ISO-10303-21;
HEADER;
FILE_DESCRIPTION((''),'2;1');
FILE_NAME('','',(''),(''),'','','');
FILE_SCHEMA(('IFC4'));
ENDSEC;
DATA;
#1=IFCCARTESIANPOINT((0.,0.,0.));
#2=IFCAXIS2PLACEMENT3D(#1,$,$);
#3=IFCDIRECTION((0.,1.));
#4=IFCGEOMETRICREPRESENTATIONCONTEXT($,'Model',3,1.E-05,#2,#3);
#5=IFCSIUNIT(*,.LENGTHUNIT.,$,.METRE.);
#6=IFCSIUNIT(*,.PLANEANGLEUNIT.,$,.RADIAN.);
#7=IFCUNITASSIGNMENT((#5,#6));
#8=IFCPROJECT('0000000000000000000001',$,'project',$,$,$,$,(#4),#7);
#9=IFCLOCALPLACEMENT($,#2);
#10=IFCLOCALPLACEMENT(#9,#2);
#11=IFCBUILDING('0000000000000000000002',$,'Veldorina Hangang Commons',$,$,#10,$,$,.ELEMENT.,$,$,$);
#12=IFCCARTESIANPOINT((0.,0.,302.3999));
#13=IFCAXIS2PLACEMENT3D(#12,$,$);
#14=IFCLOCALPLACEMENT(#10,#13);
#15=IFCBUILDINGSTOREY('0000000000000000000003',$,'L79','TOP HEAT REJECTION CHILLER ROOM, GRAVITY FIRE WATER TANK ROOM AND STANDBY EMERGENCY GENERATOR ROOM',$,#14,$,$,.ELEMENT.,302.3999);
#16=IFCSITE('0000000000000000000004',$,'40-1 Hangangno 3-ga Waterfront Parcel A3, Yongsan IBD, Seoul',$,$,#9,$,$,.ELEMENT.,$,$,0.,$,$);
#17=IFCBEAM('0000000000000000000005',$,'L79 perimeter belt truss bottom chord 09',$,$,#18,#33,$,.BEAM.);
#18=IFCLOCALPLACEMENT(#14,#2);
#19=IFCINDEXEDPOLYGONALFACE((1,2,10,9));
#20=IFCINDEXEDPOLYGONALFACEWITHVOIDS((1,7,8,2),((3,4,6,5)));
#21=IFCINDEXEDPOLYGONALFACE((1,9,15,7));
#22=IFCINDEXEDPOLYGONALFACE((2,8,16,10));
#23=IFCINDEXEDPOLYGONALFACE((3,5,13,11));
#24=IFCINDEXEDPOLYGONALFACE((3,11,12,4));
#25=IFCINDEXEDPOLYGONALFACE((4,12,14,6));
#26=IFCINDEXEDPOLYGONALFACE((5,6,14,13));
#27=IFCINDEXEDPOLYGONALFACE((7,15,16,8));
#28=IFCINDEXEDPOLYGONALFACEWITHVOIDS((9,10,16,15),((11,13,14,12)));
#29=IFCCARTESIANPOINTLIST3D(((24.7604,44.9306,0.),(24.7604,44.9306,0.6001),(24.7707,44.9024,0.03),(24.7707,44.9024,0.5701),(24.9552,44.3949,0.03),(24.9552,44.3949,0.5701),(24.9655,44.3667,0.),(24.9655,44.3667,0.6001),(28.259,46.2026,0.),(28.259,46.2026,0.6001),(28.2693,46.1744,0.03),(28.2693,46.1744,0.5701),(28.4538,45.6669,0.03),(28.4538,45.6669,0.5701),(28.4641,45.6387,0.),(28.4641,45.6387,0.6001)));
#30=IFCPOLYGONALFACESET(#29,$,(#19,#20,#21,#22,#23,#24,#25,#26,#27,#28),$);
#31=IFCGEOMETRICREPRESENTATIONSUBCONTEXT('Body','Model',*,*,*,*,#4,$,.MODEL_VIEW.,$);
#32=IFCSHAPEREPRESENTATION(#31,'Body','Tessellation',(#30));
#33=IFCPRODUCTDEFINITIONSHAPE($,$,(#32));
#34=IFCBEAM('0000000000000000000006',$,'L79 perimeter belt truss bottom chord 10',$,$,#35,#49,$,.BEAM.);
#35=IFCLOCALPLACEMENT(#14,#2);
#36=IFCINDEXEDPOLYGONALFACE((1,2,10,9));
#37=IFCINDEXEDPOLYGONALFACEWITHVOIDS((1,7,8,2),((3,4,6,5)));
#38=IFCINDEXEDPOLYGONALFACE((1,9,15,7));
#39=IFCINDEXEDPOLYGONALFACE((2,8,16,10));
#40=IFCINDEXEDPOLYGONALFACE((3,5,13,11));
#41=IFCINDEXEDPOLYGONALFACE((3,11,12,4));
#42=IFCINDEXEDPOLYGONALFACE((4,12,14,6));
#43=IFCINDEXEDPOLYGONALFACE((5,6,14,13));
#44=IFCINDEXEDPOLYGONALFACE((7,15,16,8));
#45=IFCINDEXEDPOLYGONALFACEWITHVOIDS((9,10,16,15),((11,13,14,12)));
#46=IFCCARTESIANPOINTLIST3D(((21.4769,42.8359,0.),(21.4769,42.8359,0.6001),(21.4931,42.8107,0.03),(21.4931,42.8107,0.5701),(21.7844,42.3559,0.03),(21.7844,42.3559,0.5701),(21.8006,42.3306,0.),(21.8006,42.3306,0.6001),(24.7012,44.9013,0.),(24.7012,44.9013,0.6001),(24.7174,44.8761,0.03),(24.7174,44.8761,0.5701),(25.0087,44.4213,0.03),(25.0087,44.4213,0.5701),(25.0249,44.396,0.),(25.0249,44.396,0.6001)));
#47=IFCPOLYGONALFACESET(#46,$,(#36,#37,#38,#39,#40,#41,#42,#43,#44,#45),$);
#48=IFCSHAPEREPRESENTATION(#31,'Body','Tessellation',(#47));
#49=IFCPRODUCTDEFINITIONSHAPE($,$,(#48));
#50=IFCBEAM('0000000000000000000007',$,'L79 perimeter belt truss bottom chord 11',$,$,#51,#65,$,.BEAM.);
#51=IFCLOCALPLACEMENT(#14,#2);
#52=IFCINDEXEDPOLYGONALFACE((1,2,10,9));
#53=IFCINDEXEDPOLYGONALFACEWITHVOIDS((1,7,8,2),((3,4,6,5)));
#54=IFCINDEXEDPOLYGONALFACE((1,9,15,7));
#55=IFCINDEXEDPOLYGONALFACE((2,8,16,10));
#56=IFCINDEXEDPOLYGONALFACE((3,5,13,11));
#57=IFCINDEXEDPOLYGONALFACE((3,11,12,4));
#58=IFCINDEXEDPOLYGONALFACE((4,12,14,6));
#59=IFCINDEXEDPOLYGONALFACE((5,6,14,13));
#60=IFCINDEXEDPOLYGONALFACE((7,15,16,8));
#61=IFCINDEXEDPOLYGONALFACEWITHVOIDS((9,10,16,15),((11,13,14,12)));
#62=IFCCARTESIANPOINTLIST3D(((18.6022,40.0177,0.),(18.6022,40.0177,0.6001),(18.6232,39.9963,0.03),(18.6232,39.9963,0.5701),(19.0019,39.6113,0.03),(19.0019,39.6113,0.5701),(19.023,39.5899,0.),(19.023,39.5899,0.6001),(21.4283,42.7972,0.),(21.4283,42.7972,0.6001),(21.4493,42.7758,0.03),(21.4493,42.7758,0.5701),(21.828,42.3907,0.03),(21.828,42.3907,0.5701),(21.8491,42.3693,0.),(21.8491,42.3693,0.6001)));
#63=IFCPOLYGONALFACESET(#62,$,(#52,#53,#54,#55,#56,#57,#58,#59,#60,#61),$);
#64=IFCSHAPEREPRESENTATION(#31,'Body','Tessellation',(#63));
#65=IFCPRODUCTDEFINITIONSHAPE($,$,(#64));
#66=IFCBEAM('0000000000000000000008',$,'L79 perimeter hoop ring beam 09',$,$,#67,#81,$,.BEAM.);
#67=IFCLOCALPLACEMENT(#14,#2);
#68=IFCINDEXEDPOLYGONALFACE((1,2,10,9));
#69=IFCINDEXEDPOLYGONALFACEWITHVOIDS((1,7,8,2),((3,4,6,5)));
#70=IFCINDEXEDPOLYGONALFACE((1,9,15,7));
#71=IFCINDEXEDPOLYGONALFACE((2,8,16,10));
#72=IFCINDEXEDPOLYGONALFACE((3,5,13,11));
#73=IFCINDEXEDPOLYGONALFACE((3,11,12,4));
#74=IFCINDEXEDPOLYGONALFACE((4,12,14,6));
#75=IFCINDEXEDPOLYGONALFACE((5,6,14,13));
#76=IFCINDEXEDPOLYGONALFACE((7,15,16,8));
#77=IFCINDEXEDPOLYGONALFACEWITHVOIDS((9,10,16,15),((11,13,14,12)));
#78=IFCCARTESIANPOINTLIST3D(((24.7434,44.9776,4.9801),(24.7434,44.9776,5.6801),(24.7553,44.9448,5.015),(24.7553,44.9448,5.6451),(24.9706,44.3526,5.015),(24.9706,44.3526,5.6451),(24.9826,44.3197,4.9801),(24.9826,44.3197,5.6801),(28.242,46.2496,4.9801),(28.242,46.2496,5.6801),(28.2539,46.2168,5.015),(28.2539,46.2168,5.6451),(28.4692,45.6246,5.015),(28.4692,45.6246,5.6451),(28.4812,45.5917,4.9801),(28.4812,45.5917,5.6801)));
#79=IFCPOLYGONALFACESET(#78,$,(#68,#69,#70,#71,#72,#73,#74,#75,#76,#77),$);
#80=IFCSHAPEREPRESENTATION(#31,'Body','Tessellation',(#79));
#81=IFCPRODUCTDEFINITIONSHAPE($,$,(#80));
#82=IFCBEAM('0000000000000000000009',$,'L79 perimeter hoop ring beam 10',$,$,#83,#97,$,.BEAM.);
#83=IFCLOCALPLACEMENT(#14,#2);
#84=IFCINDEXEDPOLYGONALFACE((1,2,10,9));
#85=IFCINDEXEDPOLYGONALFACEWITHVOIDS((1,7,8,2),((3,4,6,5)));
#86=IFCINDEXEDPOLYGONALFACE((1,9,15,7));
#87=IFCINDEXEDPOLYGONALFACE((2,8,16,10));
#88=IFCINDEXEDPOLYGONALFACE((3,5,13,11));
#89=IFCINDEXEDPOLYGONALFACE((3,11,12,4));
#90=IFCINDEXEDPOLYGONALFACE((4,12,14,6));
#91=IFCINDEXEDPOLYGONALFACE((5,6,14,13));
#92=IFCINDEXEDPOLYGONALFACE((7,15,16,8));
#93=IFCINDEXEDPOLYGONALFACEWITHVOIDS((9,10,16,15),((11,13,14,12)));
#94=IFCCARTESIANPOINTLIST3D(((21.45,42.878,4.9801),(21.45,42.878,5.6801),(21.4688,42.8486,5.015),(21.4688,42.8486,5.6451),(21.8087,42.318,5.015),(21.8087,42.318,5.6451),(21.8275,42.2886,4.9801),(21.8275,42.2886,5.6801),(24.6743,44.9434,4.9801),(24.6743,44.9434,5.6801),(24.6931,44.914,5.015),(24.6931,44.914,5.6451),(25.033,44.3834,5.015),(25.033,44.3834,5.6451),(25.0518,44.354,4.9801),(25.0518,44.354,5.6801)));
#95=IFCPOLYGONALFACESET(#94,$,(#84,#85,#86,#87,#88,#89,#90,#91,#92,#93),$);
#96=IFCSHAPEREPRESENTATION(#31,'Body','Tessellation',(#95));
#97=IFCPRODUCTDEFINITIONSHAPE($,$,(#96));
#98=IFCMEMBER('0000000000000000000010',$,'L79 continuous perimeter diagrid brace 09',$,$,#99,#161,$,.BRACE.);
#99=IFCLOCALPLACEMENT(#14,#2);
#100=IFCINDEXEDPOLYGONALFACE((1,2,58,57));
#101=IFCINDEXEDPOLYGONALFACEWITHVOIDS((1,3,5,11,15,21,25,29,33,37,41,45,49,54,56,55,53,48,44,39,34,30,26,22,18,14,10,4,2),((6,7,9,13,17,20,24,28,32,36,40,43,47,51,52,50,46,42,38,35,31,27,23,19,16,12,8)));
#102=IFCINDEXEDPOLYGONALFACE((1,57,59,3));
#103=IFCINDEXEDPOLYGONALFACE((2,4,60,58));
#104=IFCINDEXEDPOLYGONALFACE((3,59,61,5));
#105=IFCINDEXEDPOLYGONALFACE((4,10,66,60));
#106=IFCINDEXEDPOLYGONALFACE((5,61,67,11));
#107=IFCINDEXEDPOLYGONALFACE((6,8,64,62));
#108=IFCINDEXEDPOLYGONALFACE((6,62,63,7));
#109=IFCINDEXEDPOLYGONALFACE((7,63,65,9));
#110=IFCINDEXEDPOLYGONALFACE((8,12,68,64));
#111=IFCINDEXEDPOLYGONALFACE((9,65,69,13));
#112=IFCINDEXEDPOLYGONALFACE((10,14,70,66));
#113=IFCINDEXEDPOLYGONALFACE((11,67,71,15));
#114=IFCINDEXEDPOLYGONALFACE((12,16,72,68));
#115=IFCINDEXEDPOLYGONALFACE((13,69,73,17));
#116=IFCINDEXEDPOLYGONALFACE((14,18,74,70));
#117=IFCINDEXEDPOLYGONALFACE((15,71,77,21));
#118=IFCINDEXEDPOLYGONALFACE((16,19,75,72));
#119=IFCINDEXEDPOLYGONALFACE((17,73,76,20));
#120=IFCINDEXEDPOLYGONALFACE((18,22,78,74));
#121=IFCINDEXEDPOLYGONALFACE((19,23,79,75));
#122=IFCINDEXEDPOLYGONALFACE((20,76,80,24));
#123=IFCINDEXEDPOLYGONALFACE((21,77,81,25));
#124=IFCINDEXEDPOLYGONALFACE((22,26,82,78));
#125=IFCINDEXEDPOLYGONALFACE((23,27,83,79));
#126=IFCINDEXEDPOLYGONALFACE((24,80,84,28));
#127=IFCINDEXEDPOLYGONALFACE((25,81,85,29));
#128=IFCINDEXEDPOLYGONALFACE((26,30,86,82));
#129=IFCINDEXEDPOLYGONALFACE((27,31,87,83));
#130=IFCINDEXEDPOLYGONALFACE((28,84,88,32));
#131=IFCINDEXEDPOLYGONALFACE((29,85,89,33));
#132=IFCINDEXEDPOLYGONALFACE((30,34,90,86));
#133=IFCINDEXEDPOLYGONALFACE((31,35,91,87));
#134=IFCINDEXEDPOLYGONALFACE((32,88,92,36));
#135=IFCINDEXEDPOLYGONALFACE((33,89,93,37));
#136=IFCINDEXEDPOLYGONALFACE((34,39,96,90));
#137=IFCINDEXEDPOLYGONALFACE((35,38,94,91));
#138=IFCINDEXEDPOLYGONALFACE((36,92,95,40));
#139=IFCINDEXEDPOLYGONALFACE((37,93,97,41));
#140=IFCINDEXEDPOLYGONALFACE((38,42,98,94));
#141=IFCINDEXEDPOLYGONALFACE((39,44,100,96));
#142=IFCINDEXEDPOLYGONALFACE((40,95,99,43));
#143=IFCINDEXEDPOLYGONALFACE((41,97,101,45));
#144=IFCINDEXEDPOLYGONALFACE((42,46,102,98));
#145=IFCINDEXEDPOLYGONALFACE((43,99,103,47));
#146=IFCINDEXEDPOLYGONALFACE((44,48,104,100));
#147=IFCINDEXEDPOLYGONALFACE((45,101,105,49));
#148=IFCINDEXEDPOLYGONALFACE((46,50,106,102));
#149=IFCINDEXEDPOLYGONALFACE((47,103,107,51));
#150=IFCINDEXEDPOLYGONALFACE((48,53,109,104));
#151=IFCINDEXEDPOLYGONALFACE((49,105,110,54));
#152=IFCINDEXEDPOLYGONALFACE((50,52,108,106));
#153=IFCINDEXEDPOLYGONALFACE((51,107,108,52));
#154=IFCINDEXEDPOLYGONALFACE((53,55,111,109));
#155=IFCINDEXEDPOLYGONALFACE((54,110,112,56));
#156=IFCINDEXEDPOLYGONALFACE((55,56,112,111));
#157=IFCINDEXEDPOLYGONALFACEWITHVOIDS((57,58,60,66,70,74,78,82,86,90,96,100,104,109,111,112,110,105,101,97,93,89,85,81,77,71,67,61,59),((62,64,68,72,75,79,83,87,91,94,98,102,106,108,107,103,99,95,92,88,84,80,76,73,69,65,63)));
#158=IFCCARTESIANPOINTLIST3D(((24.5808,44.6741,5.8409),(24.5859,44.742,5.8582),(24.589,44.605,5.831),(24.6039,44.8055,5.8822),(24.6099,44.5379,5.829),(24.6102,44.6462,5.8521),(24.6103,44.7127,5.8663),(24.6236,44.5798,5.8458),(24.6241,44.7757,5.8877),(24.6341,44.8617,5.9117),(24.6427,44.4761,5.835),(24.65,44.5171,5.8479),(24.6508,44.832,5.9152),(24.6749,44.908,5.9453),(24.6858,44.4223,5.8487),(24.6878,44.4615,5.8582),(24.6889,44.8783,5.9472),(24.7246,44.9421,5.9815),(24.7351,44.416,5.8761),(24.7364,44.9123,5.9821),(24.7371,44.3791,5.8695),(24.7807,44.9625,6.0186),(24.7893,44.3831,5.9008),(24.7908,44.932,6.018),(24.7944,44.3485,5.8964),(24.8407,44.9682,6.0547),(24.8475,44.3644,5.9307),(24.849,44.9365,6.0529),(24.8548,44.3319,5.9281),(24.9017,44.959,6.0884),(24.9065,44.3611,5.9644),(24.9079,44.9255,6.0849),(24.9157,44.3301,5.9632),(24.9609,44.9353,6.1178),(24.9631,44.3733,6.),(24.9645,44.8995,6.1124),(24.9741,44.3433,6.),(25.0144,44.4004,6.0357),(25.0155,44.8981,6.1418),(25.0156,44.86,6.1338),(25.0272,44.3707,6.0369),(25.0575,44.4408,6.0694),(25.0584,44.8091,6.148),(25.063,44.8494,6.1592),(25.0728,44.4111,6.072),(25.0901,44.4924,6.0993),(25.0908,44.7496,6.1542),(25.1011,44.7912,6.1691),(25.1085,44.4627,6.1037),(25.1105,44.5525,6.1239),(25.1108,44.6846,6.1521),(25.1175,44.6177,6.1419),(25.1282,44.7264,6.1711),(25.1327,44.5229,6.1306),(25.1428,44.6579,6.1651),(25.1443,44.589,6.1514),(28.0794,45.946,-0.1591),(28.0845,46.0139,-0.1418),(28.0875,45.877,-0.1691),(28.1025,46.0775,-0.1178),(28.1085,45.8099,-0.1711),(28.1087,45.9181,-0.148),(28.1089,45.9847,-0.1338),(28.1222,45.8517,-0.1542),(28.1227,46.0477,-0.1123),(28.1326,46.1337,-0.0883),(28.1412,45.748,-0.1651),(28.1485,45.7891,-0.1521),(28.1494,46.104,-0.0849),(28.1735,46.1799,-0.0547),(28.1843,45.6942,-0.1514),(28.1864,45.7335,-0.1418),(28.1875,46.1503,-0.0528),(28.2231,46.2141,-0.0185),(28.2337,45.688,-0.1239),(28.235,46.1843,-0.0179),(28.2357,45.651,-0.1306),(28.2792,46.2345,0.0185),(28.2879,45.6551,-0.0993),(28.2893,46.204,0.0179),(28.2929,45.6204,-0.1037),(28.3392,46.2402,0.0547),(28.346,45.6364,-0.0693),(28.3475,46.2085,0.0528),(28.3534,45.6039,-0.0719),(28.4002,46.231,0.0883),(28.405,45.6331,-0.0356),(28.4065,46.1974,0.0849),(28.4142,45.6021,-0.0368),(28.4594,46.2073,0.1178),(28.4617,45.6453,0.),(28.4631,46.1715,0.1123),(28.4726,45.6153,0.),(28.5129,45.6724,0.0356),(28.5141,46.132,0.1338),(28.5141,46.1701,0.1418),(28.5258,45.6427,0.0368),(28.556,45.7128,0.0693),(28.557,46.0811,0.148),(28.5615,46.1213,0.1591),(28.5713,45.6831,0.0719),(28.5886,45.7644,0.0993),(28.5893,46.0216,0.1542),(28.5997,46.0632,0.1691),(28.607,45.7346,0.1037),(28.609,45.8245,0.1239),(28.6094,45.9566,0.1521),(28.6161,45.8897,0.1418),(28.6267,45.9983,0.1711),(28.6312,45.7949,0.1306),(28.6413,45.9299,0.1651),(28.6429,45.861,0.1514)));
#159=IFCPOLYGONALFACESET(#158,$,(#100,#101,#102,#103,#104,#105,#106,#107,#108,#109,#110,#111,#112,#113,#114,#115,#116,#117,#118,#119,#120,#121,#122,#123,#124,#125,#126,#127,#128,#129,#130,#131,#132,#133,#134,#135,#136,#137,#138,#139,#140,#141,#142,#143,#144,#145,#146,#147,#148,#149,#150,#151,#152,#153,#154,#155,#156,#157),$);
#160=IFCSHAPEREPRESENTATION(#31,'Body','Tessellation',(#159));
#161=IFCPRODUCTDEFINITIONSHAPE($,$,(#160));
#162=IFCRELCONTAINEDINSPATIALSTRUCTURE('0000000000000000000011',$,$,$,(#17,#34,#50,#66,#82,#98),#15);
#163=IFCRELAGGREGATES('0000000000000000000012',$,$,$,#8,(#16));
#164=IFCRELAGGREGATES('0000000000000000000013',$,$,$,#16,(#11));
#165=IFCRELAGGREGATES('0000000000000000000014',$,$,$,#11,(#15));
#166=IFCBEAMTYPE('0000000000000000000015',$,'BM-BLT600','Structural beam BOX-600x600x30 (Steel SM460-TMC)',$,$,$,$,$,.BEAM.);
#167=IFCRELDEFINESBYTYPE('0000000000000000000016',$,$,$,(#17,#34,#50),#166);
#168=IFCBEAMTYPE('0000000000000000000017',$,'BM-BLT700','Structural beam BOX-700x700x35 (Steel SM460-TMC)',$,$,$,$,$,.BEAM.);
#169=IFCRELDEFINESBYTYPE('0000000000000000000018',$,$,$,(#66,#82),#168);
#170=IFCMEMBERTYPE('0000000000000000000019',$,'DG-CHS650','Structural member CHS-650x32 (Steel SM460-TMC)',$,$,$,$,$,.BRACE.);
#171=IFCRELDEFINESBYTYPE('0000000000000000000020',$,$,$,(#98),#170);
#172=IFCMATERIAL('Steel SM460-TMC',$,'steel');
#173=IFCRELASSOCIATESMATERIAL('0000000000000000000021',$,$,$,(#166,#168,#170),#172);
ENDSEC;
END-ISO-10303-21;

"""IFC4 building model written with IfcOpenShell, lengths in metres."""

from ifc_helpers import new_model, si_unit, direction, frame, origin, origin_2d, place, context, subcontext, project, spatial, hollow_rectangle, hollow_circle, extrude, material, material_profile, profile_set, type_object, element, save


model = new_model("IFC4")

# Units and contexts
model_context = context("Model", 3, precision=1e-05, world=origin(), true_north=direction((0.0, 1.0)))
body_context = subcontext(model_context, "Body", "Model", "MODEL_VIEW")
ifc_project = project(units=[si_unit("LENGTHUNIT", "METRE"), si_unit("PLANEANGLEUNIT", "RADIAN")], contexts=[model_context])

# Site, building, storey
site_placement = place(None, origin())
site = spatial("IfcSite", under=ifc_project, at=site_placement, Name="40-1 Hangangno 3-ga Waterfront Parcel A3, Yongsan IBD, Seoul", CompositionType="ELEMENT", RefElevation=0.0)
building_placement = place(site_placement, origin())
building = spatial("IfcBuilding", under=site, at=building_placement, Name="Veldorina Hangang Commons", CompositionType="ELEMENT")
storey_placement = place(building_placement, frame((0.0, 0.0, 302.3999)))
storey = spatial("IfcBuildingStorey", under=building, at=storey_placement, Name="L79", Description="TOP HEAT REJECTION CHILLER ROOM, GRAVITY FIRE WATER TANK ROOM AND STANDBY EMERGENCY GENERATOR ROOM", CompositionType="ELEMENT", Elevation=302.3999)

# Beams
ifc_material_1 = material(Name="Steel SM460-TMC", Category="steel")
ifc_material_profile_1 = material_profile(ifc_material_1, hollow_rectangle(XDim=0.6001, YDim=0.6001, WallThickness=0.03, at=origin_2d()), Name="BOX-600x600x30")
ifc_profile_set_1 = profile_set([ifc_material_profile_1], Name="Steel SM460-TMC")
beam_type_1 = type_object("IfcBeamType", Name="BM-BLT600", Description="Structural beam BOX-600x600x30 (Steel SM460-TMC)", PredefinedType="BEAM", material=ifc_profile_set_1)
beam_1_placement = place(storey_placement, frame((28.3616, 45.9207, 0.3), z_axis=(-0.939813, -0.34169, 0.0), x_axis=(0.34169, -0.939813, 0.0)))
element("IfcBeam", 1, at=beam_1_placement, inside=storey, type_object=beam_type_1, Name="L79 perimeter belt truss bottom chord 09", PredefinedType="BEAM", context=body_context, shape_type="SweptSolid", body=[
    extrude(hollow_rectangle(XDim=0.6001, YDim=0.6001, WallThickness=0.03, at=origin_2d()), origin(), (0.0, 0.0, 1.0), 3.7227),
])
beam_2_placement = place(storey_placement, frame((24.863, 44.6487, 0.3), z_axis=(-0.842054, -0.539394, 0.0), x_axis=(0.539394, -0.842054, 0.0)))
element("IfcBeam", 2, at=beam_2_placement, inside=storey, type_object=beam_type_1, Name="L79 perimeter belt truss bottom chord 10", PredefinedType="BEAM", context=body_context, shape_type="SweptSolid", body=[
    extrude(hollow_rectangle(XDim=0.6001, YDim=0.6001, WallThickness=0.03, at=origin_2d()), origin(), (0.0, 0.0, 1.0), 3.8291),
])
beam_3_placement = place(storey_placement, frame((21.6387, 42.5833, 0.3), z_axis=(-0.712964, -0.7012, 0.0), x_axis=(0.7012, -0.712964, 0.0)))
element("IfcBeam", 3, at=beam_3_placement, inside=storey, type_object=beam_type_1, Name="L79 perimeter belt truss bottom chord 11", PredefinedType="BEAM", context=body_context, shape_type="SweptSolid", body=[
    extrude(hollow_rectangle(XDim=0.6001, YDim=0.6001, WallThickness=0.03, at=origin_2d()), origin(), (0.0, 0.0, 1.0), 3.9639),
])
ifc_material_profile_2 = material_profile(ifc_material_1, hollow_rectangle(XDim=0.7, YDim=0.7, WallThickness=0.0349, at=origin_2d()), Name="BOX-700x700x35")
ifc_profile_set_2 = profile_set([ifc_material_profile_2], Name="Steel SM460-TMC")
beam_type_2 = type_object("IfcBeamType", Name="BM-BLT700", Description="Structural beam BOX-700x700x35 (Steel SM460-TMC)", PredefinedType="BEAM", material=ifc_profile_set_2)
beam_4_placement = place(storey_placement, frame((28.3616, 45.9207, 5.3301), z_axis=(-0.939813, -0.34169, 0.0), x_axis=(0.34169, -0.939813, 0.0)))
element("IfcBeam", 4, at=beam_4_placement, inside=storey, type_object=beam_type_2, Name="L79 perimeter hoop ring beam 09", PredefinedType="BEAM", context=body_context, shape_type="SweptSolid", body=[
    extrude(hollow_rectangle(XDim=0.7, YDim=0.7, WallThickness=0.0349, at=origin_2d()), origin(), (0.0, 0.0, 1.0), 3.7227),
])
beam_5_placement = place(storey_placement, frame((24.863, 44.6487, 5.3301), z_axis=(-0.842054, -0.539394, 0.0), x_axis=(0.539394, -0.842054, 0.0)))
element("IfcBeam", 5, at=beam_5_placement, inside=storey, type_object=beam_type_2, Name="L79 perimeter hoop ring beam 10", PredefinedType="BEAM", context=body_context, shape_type="SweptSolid", body=[
    extrude(hollow_rectangle(XDim=0.7, YDim=0.7, WallThickness=0.0349, at=origin_2d()), origin(), (0.0, 0.0, 1.0), 3.8291),
])

# Member
ifc_material_profile_3 = material_profile(ifc_material_1, hollow_circle(Radius=0.325, WallThickness=0.032, at=origin_2d()), Name="CHS-650x32")
ifc_profile_set_3 = profile_set([ifc_material_profile_3], Name="Steel SM460-TMC")
member_type_1 = type_object("IfcMemberType", Name="DG-CHS650", Description="Structural member CHS-650x32 (Steel SM460-TMC)", PredefinedType="BRACE", material=ifc_profile_set_3)
member_1_placement = place(storey_placement, frame((28.3616, 45.9207, 0.0), z_axis=(-0.495473, -0.180141, 0.849738), x_axis=(0.34169, -0.939813, 0.0)))
element("IfcMember", 6, at=member_1_placement, inside=storey, type_object=member_type_1, Name="L79 continuous perimeter diagrid brace 09", PredefinedType="BRACE", context=body_context, shape_type="SweptSolid", body=[
    extrude(hollow_circle(Radius=0.325, WallThickness=0.032, at=origin_2d()), origin(), (0.0, 0.0, 1.0), 7.061),
])

save(model, "model.ifc")
